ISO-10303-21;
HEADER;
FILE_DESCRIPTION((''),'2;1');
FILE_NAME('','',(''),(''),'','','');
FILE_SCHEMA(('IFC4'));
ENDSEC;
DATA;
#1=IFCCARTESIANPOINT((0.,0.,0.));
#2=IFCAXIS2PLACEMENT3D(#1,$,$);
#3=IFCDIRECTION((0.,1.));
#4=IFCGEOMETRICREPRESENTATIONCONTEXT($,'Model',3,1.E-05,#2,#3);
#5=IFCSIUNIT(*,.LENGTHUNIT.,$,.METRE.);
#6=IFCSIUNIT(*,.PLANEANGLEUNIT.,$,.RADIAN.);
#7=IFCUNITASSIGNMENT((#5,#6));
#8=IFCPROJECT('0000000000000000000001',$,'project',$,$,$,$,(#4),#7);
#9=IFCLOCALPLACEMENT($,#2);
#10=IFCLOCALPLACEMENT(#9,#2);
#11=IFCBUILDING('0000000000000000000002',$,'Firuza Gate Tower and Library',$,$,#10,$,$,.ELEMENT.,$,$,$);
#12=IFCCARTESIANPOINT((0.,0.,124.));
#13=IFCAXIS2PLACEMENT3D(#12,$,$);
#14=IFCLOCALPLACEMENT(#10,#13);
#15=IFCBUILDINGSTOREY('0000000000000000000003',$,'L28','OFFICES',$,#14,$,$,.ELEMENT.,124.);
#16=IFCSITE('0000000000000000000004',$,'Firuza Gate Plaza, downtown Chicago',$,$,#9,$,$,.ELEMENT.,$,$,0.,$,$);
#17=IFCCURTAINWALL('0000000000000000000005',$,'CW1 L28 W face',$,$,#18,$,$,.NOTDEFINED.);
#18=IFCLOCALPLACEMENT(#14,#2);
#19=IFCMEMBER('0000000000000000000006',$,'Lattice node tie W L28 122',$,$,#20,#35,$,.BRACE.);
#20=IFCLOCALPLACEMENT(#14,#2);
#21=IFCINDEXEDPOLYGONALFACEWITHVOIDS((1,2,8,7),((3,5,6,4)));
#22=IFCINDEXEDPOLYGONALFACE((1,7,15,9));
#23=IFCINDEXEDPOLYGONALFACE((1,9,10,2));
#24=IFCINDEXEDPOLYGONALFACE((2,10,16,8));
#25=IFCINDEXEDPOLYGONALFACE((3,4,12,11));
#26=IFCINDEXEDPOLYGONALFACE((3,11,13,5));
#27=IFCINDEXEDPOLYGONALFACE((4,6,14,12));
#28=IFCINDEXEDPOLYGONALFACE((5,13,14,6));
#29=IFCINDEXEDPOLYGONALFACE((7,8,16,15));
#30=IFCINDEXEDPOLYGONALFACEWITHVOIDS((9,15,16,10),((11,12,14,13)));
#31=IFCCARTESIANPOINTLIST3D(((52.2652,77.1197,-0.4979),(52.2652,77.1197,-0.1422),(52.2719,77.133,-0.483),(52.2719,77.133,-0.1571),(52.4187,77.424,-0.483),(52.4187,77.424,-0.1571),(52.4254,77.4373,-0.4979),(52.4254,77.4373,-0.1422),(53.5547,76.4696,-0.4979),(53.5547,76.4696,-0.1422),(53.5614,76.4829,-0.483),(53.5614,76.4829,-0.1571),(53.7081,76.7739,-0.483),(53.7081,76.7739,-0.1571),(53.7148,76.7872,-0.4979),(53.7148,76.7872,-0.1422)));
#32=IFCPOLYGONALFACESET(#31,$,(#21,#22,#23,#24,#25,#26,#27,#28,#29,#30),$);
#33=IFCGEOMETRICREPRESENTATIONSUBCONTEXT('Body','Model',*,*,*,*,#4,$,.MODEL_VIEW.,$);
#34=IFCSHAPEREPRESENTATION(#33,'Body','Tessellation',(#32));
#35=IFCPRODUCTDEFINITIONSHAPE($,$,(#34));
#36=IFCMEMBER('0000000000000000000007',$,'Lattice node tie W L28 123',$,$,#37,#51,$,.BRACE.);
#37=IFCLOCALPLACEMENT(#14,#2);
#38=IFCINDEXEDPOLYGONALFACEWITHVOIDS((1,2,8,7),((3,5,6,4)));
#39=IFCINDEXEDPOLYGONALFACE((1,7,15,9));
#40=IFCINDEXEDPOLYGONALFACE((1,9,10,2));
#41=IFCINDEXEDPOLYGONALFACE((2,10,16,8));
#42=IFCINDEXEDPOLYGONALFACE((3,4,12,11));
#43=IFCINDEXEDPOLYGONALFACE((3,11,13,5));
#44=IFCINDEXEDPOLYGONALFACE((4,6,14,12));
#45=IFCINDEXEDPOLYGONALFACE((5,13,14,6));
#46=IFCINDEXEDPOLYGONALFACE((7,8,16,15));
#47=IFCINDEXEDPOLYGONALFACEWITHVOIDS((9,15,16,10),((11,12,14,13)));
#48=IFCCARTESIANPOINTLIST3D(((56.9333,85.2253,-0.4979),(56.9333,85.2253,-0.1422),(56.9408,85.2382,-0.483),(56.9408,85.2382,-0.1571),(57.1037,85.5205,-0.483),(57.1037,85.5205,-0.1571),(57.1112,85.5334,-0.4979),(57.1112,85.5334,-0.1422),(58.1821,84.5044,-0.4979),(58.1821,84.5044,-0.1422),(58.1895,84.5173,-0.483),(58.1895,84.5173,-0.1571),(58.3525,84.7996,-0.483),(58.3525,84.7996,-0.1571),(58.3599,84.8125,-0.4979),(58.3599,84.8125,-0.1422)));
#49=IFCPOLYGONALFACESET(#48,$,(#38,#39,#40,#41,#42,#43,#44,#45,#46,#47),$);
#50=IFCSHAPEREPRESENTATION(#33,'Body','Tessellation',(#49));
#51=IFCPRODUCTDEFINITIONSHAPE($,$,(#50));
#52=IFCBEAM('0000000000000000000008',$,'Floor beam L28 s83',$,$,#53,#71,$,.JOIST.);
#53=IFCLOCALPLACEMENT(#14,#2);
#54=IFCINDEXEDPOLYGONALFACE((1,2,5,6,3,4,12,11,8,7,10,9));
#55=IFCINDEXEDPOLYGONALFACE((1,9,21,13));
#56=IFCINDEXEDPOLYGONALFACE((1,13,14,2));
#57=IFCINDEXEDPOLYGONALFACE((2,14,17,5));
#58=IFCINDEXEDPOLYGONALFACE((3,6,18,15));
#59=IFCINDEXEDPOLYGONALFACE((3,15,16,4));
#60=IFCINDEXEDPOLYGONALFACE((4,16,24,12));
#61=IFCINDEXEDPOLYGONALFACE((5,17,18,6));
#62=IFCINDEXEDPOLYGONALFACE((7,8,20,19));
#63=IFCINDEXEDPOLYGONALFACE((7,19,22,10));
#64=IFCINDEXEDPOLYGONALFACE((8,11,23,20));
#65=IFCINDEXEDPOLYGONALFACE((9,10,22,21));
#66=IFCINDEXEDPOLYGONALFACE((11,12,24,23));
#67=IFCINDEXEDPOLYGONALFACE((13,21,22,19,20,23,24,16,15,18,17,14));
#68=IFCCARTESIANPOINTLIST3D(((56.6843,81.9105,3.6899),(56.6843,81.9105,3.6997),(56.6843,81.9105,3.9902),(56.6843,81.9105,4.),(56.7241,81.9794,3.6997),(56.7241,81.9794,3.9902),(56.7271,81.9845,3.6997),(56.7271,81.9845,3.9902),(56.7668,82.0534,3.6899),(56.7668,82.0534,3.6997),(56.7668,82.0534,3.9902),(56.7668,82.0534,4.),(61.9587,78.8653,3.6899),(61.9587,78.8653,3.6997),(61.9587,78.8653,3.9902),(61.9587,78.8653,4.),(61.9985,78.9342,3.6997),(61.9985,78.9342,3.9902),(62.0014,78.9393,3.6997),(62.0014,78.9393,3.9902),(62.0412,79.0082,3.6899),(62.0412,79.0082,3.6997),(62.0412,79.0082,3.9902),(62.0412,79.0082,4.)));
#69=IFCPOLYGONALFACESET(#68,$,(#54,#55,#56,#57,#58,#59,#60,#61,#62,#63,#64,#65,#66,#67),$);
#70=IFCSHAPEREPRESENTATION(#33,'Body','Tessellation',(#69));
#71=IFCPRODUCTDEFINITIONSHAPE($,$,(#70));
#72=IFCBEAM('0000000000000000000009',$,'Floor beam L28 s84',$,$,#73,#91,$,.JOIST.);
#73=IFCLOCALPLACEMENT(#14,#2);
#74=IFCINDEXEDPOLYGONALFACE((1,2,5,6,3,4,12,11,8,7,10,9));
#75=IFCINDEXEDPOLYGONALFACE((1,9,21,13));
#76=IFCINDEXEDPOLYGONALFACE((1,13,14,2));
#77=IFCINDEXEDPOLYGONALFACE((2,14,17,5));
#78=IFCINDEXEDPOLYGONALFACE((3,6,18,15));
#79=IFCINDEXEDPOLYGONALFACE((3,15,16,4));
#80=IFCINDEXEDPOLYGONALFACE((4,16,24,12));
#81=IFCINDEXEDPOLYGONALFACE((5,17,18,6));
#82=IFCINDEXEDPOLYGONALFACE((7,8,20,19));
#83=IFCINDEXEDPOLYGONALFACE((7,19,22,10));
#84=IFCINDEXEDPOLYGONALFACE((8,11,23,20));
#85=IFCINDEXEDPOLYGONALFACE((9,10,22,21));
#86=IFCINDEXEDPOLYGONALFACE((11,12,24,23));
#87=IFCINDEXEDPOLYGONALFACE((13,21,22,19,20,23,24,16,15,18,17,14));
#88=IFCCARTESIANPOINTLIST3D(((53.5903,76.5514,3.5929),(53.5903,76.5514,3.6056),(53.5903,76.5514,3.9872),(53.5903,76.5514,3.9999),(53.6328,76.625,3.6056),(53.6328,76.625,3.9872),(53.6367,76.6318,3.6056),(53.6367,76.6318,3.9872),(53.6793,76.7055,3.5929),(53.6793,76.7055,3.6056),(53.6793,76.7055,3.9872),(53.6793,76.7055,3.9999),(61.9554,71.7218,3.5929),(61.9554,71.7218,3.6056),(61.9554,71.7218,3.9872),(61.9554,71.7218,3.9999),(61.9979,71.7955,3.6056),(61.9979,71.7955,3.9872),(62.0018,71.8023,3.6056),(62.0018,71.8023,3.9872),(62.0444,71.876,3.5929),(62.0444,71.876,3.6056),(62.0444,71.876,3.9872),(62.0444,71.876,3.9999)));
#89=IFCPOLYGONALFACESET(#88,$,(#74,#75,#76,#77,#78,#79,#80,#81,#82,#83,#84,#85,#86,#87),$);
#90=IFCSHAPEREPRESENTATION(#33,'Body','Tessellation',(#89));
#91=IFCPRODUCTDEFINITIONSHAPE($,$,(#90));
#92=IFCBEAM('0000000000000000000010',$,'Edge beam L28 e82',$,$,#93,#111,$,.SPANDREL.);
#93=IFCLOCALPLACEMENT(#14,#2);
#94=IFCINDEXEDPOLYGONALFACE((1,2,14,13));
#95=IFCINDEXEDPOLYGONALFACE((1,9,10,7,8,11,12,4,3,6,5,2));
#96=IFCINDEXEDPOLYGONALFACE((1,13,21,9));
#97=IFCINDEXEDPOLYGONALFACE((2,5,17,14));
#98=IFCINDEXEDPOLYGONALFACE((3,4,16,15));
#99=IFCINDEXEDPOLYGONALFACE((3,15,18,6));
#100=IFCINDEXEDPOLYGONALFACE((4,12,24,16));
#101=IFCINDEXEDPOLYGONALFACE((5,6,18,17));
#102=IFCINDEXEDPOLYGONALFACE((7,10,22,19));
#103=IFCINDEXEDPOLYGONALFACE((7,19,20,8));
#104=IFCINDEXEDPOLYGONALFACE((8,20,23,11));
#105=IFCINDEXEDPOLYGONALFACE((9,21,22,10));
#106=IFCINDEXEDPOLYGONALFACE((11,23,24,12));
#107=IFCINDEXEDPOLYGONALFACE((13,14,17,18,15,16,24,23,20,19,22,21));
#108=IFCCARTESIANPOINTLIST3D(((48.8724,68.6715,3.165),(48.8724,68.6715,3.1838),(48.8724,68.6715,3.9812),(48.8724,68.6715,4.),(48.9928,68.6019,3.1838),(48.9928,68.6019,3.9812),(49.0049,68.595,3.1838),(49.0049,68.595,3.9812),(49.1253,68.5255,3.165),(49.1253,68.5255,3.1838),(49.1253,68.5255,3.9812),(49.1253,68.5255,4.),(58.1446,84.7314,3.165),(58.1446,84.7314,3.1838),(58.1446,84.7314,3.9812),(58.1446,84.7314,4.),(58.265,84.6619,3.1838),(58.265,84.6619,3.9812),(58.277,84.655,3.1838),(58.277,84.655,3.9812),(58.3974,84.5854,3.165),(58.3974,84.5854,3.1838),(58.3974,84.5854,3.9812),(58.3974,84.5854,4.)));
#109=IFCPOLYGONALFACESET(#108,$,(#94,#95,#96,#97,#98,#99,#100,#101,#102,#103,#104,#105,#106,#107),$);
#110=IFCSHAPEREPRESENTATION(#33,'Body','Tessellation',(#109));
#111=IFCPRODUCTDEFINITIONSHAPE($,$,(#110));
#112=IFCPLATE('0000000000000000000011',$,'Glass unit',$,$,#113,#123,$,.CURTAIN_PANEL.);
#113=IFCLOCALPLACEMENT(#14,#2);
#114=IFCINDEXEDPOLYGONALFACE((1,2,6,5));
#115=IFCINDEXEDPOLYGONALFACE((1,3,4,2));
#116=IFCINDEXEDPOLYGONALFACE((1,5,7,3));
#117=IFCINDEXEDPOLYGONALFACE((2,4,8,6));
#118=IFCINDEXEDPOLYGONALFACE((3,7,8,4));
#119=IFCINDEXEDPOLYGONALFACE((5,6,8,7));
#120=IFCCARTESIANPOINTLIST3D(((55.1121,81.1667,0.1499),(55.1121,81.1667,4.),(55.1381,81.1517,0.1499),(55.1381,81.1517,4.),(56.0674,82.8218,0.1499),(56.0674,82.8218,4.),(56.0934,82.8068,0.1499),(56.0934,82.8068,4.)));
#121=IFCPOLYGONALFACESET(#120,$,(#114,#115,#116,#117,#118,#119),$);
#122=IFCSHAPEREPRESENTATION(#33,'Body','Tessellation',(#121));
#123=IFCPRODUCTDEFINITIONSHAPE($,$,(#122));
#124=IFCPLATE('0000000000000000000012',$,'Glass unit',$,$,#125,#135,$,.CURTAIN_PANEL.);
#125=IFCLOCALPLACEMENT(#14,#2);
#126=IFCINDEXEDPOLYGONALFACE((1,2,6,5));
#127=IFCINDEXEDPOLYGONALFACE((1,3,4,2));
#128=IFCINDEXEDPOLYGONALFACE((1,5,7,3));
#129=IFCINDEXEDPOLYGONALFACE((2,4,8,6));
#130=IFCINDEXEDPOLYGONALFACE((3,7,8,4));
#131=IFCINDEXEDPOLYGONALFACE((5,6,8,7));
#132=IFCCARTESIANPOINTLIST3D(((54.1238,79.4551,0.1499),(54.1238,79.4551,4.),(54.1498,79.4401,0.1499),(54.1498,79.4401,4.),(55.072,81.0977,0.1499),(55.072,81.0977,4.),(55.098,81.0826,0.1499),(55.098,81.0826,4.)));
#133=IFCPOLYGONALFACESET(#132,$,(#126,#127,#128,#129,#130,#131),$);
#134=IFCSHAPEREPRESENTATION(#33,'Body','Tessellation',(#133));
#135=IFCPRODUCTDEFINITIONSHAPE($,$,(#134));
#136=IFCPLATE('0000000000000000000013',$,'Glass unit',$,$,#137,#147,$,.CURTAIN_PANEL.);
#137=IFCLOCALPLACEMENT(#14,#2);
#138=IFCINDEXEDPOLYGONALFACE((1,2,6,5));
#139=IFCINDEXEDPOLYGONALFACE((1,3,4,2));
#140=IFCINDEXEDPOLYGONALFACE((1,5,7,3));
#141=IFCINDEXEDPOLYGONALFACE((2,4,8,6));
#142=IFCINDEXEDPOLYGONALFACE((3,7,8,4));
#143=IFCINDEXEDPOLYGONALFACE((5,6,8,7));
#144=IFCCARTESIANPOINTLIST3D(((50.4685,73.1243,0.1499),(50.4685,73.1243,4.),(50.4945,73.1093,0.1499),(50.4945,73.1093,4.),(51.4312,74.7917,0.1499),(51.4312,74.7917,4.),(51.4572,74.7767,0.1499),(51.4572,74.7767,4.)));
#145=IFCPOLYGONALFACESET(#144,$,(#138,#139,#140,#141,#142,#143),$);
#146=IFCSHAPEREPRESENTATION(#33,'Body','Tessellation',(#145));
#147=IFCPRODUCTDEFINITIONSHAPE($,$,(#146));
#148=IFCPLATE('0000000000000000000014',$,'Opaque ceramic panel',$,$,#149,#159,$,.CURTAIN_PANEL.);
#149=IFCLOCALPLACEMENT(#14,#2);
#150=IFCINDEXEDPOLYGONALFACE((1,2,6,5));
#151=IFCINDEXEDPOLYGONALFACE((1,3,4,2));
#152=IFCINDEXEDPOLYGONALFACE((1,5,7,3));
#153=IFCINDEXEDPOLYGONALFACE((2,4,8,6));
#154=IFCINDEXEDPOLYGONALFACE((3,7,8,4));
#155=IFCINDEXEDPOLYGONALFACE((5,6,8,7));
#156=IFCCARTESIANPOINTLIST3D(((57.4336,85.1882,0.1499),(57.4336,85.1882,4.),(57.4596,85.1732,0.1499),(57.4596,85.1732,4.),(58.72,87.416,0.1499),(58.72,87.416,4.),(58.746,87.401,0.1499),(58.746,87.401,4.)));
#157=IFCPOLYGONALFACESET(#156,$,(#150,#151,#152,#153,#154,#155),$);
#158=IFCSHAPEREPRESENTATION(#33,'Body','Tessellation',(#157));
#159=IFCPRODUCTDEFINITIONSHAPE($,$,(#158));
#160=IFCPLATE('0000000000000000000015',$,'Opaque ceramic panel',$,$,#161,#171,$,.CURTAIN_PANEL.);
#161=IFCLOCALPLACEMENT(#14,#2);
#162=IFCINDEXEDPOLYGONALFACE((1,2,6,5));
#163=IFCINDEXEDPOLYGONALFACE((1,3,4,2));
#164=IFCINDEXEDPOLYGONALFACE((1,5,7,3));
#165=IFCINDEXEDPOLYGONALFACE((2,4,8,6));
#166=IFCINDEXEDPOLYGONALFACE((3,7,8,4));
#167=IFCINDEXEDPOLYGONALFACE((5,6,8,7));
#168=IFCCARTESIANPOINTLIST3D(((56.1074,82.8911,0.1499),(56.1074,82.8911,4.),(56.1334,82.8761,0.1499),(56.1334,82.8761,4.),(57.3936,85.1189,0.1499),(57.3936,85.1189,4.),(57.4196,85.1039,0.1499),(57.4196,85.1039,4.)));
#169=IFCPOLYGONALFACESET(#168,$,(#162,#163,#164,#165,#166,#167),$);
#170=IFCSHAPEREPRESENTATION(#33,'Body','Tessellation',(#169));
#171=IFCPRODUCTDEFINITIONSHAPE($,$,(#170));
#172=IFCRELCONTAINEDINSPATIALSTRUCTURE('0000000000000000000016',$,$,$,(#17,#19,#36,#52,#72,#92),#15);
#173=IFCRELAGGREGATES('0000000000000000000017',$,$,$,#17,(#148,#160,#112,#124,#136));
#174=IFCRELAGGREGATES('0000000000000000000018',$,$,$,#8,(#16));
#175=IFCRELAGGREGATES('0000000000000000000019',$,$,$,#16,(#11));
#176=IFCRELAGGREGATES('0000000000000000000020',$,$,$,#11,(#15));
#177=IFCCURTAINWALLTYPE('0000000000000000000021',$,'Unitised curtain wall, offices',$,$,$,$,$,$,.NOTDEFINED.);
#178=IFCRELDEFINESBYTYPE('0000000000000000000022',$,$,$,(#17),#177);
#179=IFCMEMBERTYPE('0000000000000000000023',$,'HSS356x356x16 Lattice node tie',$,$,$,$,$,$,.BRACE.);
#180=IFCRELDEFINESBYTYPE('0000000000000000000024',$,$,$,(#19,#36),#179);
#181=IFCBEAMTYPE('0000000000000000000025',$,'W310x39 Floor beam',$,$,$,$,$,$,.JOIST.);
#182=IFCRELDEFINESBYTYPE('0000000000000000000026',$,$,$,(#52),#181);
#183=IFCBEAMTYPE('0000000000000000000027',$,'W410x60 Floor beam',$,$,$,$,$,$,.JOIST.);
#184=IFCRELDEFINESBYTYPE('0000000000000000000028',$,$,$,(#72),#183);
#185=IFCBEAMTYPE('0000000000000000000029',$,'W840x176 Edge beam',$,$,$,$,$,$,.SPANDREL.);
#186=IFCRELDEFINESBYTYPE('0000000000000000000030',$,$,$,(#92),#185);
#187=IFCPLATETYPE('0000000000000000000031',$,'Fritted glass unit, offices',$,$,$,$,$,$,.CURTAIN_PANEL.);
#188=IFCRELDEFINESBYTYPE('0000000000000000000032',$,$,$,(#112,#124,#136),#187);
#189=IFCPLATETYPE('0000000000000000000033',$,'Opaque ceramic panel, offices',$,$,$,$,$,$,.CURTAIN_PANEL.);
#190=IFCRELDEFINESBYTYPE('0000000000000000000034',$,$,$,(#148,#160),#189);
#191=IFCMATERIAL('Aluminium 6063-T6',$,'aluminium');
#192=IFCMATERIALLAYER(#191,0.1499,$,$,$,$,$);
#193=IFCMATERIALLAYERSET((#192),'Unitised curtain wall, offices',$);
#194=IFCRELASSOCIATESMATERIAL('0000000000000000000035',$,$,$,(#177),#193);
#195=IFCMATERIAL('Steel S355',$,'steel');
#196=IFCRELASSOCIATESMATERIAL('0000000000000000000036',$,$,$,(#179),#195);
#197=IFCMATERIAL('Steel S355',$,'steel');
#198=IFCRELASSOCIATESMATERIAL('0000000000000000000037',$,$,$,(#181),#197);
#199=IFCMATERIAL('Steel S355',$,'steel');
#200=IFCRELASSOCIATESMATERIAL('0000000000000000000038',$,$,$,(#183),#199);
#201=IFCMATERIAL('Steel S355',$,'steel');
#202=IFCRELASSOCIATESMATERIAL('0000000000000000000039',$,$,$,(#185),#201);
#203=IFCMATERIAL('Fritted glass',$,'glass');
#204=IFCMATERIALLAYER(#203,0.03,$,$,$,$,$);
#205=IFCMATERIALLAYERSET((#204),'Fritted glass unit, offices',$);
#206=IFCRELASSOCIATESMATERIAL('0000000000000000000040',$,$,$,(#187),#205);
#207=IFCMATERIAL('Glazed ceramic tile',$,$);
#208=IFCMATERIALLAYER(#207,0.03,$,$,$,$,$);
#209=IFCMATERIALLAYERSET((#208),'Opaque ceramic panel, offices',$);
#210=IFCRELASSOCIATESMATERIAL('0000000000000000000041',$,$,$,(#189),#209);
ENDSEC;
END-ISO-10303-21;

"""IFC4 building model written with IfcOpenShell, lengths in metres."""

from ifc_helpers import new_model, si_unit, direction, frame, origin, origin_2d, place, context, subcontext, project, spatial, polyline, hollow_rectangle, i_section, outline, extrude, material, layer, layer_set, material_profile, profile_set, type_object, element, aggregate, save


model = new_model("IFC4")

# Units and contexts
model_context = context("Model", 3, precision=1e-05, world=origin(), true_north=direction((0.0, 1.0)))
body_context = subcontext(model_context, "Body", "Model", "MODEL_VIEW")
ifc_project = project(units=[si_unit("LENGTHUNIT", "METRE"), si_unit("PLANEANGLEUNIT", "RADIAN")], contexts=[model_context])

# Site, building, storey
site_placement = place(None, origin())
site = spatial("IfcSite", under=ifc_project, at=site_placement, Name="Firuza Gate Plaza, downtown Chicago", CompositionType="ELEMENT", RefElevation=0.0)
building_placement = place(site_placement, origin())
building = spatial("IfcBuilding", under=site, at=building_placement, Name="Firuza Gate Tower and Library", CompositionType="ELEMENT")
storey_placement = place(building_placement, frame((0.0, 0.0, 124.0)))
storey = spatial("IfcBuildingStorey", under=building, at=storey_placement, Name="L28", Description="OFFICES", CompositionType="ELEMENT", Elevation=124.0)

# Curtain wall
ifc_material_1 = material(Name="Aluminium 6063-T6", Category="aluminium")
ifc_layer_1 = layer(ifc_material_1, 0.1499)
ifc_layer_set_1 = layer_set([ifc_layer_1], Name="Unitised curtain wall, offices")
curtain_wall_type = type_object("IfcCurtainWallType", Name="Unitised curtain wall, offices", PredefinedType="NOTDEFINED", material=ifc_layer_set_1)
curtain_wall_placement = place(storey_placement, origin())
curtain_wall = element("IfcCurtainWall", 1, at=curtain_wall_placement, inside=storey, type_object=curtain_wall_type, Name="CW1 L28 W face", PredefinedType="NOTDEFINED")

# Members
ifc_material_2 = material(Name="Steel S355", Category="steel")
ifc_material_profile_1 = material_profile(ifc_material_2, hollow_rectangle(XDim=0.3557, YDim=0.3557, WallThickness=0.0149, at=origin_2d()))
ifc_profile_set_1 = profile_set([ifc_material_profile_1], Name="Steel S355")
member_type_1 = type_object("IfcMemberType", Name="HSS356x356x16 Lattice node tie", PredefinedType="BRACE", material=ifc_profile_set_1)
member_1_placement = place(storey_placement, frame((53.6348, 76.6284, -0.3201), z_axis=(-0.892935, 0.450186, 0.0), x_axis=(-0.450186, -0.892935, 0.0)))
element("IfcMember", 2, at=member_1_placement, inside=storey, type_object=member_type_1, Name="Lattice node tie W L28 122", PredefinedType="BRACE", context=body_context, shape_type="SweptSolid", body=[
    extrude(hollow_rectangle(XDim=0.3557, YDim=0.3557, WallThickness=0.0149, at=origin_2d()), origin(), (0.0, 0.0, 1.0), 1.4441),
])
member_2_placement = place(storey_placement, frame((58.271, 84.6584, -0.3201), z_axis=(-0.866036, 0.499981, 0.0), x_axis=(-0.499981, -0.866036, 0.0)))
element("IfcMember", 3, at=member_2_placement, inside=storey, type_object=member_type_1, Name="Lattice node tie W L28 123", PredefinedType="BRACE", context=body_context, shape_type="SweptSolid", body=[
    extrude(hollow_rectangle(XDim=0.3557, YDim=0.3557, WallThickness=0.0149, at=origin_2d()), origin(), (0.0, 0.0, 1.0), 1.4419),
])

# Beams
ifc_material_3 = material(Name="Steel S355", Category="steel")
ifc_material_profile_2 = material_profile(ifc_material_3, i_section(OverallWidth=0.165, OverallDepth=0.3101, WebThickness=0.0059, FlangeThickness=0.0098, at=origin_2d()))
ifc_profile_set_2 = profile_set([ifc_material_profile_2], Name="Steel S355")
beam_type_1 = type_object("IfcBeamType", Name="W310x39 Floor beam", PredefinedType="JOIST", material=ifc_profile_set_2)
beam_1_placement = place(storey_placement, frame((56.7256, 81.9819, 3.845), z_axis=(0.866027, -0.499998, 0.0), x_axis=(0.499998, 0.866027, 0.0)))
element("IfcBeam", 4, at=beam_1_placement, inside=storey, type_object=beam_type_1, Name="Floor beam L28 s83", PredefinedType="JOIST", context=body_context, shape_type="SweptSolid", body=[
    extrude(i_section(OverallWidth=0.165, OverallDepth=0.3101, WebThickness=0.0059, FlangeThickness=0.0098, at=origin_2d()), origin(), (0.0, 0.0, 1.0), 6.0903),
])
ifc_material_4 = material(Name="Steel S355", Category="steel")
ifc_material_profile_3 = material_profile(ifc_material_4, i_section(OverallWidth=0.178, OverallDepth=0.407, WebThickness=0.0078, FlangeThickness=0.0127, at=origin_2d()))
ifc_profile_set_3 = profile_set([ifc_material_profile_3], Name="Steel S355")
beam_type_2 = type_object("IfcBeamType", Name="W410x60 Floor beam", PredefinedType="JOIST", material=ifc_profile_set_3)
beam_2_placement = place(storey_placement, frame((53.6348, 76.6284, 3.7964), z_axis=(0.866029, -0.499994, 0.0), x_axis=(0.499994, 0.866029, 0.0)))
element("IfcBeam", 5, at=beam_2_placement, inside=storey, type_object=beam_type_2, Name="Floor beam L28 s84", PredefinedType="JOIST", context=body_context, shape_type="SweptSolid", body=[
    extrude(i_section(OverallWidth=0.178, OverallDepth=0.407, WebThickness=0.0078, FlangeThickness=0.0127, at=origin_2d()), origin(), (0.0, 0.0, 1.0), 9.6592),
])
ifc_material_5 = material(Name="Steel S355", Category="steel")
ifc_material_profile_4 = material_profile(ifc_material_5, i_section(OverallWidth=0.292, OverallDepth=0.835, WebThickness=0.0139, FlangeThickness=0.0188, at=origin_2d()))
ifc_profile_set_4 = profile_set([ifc_material_profile_4], Name="Steel S355")
beam_type_3 = type_object("IfcBeamType", Name="W840x176 Edge beam", PredefinedType="SPANDREL", material=ifc_profile_set_4)
beam_3_placement = place(storey_placement, frame((58.271, 84.6584, 3.5825), z_axis=(-0.499997, -0.866027, 0.0), x_axis=(0.866027, -0.499997, 0.0)))
element("IfcBeam", 6, at=beam_3_placement, inside=storey, type_object=beam_type_3, Name="Edge beam L28 e82", PredefinedType="SPANDREL", context=body_context, shape_type="SweptSolid", body=[
    extrude(i_section(OverallWidth=0.292, OverallDepth=0.835, WebThickness=0.0139, FlangeThickness=0.0188, at=origin_2d()), origin(), (0.0, 0.0, 1.0), 18.5444),
])

# Plates
ifc_material_6 = material(Name="Fritted glass", Category="glass")
ifc_layer_2 = layer(ifc_material_6, 0.03)
ifc_layer_set_2 = layer_set([ifc_layer_2], Name="Fritted glass unit, offices")
plate_type_1 = type_object("IfcPlateType", Name="Fritted glass unit, offices", PredefinedType="CURTAIN_PANEL", material=ifc_layer_set_2)
plate_1_placement = place(storey_placement, frame((56.0674, 82.8218, 0.1499), z_axis=(-0.866073, 0.499918, 0.0), x_axis=(-0.499918, -0.866073, 0.0)))
plate_1 = element("IfcPlate", 7, at=plate_1_placement, type_object=plate_type_1, Name="Glass unit", PredefinedType="CURTAIN_PANEL", context=body_context, shape_type="SweptSolid", body=[
    extrude(outline(polyline([(0.0, 0.0), (1.911, 0.0), (1.911, 3.8501), (0.0, 3.8501), (0.0, 0.0)])), origin(), (0.0, 0.0, -1.0), 0.03),
])
plate_2_placement = place(storey_placement, frame((55.072, 81.0977, 0.1499), z_axis=(-0.866048, 0.49996, 0.0), x_axis=(-0.49996, -0.866048, 0.0)))
plate_2 = element("IfcPlate", 8, at=plate_2_placement, type_object=plate_type_1, Name="Glass unit", PredefinedType="CURTAIN_PANEL", context=body_context, shape_type="SweptSolid", body=[
    extrude(outline(polyline([(0.0, 0.0), (1.8966, 0.0), (1.8966, 3.8501), (0.0, 3.8501), (0.0, 0.0)])), origin(), (0.0, 0.0, -1.0), 0.03),
])
plate_3_placement = place(storey_placement, frame((51.4312, 74.7917, 0.1499), z_axis=(-0.866042, 0.499971, 0.0), x_axis=(-0.499971, -0.866042, 0.0)))
plate_3 = element("IfcPlate", 9, at=plate_3_placement, type_object=plate_type_1, Name="Glass unit", PredefinedType="CURTAIN_PANEL", context=body_context, shape_type="SweptSolid", body=[
    extrude(outline(polyline([(0.0, 0.0), (1.9254, 0.0), (1.9254, 3.8501), (0.0, 3.8501), (0.0, 0.0)])), origin(), (0.0, 0.0, -1.0), 0.03),
])
ifc_material_7 = material(Name="Glazed ceramic tile")
ifc_layer_3 = layer(ifc_material_7, 0.03)
ifc_layer_set_3 = layer_set([ifc_layer_3], Name="Opaque ceramic panel, offices")
plate_type_2 = type_object("IfcPlateType", Name="Opaque ceramic panel, offices", PredefinedType="CURTAIN_PANEL", material=ifc_layer_set_3)
plate_4_placement = place(storey_placement, frame((58.72, 87.416, 0.1499), z_axis=(-0.865998, 0.500048, 0.0), x_axis=(-0.500048, -0.865998, 0.0)))
plate_4 = element("IfcPlate", 10, at=plate_4_placement, type_object=plate_type_2, Name="Opaque ceramic panel", PredefinedType="CURTAIN_PANEL", context=body_context, shape_type="SweptSolid", body=[
    extrude(outline(polyline([(0.0, 0.0), (2.5725, 0.0), (2.5725, 3.8501), (0.0, 3.8501), (0.0, 0.0)])), origin(), (0.0, 0.0, -1.0), 0.03),
])
plate_5_placement = place(storey_placement, frame((57.3936, 85.1189, 0.1499), z_axis=(-0.866039, 0.499977, 0.0), x_axis=(-0.499977, -0.866039, 0.0)))
plate_5 = element("IfcPlate", 11, at=plate_5_placement, type_object=plate_type_2, Name="Opaque ceramic panel", PredefinedType="CURTAIN_PANEL", context=body_context, shape_type="SweptSolid", body=[
    extrude(outline(polyline([(0.0, 0.0), (2.5724, 0.0), (2.5724, 3.8501), (0.0, 3.8501), (0.0, 0.0)])), origin(), (0.0, 0.0, -1.0), 0.03),
])
aggregate(curtain_wall, [plate_4, plate_5, plate_1, plate_2, plate_3])

save(model, "model.ifc")
